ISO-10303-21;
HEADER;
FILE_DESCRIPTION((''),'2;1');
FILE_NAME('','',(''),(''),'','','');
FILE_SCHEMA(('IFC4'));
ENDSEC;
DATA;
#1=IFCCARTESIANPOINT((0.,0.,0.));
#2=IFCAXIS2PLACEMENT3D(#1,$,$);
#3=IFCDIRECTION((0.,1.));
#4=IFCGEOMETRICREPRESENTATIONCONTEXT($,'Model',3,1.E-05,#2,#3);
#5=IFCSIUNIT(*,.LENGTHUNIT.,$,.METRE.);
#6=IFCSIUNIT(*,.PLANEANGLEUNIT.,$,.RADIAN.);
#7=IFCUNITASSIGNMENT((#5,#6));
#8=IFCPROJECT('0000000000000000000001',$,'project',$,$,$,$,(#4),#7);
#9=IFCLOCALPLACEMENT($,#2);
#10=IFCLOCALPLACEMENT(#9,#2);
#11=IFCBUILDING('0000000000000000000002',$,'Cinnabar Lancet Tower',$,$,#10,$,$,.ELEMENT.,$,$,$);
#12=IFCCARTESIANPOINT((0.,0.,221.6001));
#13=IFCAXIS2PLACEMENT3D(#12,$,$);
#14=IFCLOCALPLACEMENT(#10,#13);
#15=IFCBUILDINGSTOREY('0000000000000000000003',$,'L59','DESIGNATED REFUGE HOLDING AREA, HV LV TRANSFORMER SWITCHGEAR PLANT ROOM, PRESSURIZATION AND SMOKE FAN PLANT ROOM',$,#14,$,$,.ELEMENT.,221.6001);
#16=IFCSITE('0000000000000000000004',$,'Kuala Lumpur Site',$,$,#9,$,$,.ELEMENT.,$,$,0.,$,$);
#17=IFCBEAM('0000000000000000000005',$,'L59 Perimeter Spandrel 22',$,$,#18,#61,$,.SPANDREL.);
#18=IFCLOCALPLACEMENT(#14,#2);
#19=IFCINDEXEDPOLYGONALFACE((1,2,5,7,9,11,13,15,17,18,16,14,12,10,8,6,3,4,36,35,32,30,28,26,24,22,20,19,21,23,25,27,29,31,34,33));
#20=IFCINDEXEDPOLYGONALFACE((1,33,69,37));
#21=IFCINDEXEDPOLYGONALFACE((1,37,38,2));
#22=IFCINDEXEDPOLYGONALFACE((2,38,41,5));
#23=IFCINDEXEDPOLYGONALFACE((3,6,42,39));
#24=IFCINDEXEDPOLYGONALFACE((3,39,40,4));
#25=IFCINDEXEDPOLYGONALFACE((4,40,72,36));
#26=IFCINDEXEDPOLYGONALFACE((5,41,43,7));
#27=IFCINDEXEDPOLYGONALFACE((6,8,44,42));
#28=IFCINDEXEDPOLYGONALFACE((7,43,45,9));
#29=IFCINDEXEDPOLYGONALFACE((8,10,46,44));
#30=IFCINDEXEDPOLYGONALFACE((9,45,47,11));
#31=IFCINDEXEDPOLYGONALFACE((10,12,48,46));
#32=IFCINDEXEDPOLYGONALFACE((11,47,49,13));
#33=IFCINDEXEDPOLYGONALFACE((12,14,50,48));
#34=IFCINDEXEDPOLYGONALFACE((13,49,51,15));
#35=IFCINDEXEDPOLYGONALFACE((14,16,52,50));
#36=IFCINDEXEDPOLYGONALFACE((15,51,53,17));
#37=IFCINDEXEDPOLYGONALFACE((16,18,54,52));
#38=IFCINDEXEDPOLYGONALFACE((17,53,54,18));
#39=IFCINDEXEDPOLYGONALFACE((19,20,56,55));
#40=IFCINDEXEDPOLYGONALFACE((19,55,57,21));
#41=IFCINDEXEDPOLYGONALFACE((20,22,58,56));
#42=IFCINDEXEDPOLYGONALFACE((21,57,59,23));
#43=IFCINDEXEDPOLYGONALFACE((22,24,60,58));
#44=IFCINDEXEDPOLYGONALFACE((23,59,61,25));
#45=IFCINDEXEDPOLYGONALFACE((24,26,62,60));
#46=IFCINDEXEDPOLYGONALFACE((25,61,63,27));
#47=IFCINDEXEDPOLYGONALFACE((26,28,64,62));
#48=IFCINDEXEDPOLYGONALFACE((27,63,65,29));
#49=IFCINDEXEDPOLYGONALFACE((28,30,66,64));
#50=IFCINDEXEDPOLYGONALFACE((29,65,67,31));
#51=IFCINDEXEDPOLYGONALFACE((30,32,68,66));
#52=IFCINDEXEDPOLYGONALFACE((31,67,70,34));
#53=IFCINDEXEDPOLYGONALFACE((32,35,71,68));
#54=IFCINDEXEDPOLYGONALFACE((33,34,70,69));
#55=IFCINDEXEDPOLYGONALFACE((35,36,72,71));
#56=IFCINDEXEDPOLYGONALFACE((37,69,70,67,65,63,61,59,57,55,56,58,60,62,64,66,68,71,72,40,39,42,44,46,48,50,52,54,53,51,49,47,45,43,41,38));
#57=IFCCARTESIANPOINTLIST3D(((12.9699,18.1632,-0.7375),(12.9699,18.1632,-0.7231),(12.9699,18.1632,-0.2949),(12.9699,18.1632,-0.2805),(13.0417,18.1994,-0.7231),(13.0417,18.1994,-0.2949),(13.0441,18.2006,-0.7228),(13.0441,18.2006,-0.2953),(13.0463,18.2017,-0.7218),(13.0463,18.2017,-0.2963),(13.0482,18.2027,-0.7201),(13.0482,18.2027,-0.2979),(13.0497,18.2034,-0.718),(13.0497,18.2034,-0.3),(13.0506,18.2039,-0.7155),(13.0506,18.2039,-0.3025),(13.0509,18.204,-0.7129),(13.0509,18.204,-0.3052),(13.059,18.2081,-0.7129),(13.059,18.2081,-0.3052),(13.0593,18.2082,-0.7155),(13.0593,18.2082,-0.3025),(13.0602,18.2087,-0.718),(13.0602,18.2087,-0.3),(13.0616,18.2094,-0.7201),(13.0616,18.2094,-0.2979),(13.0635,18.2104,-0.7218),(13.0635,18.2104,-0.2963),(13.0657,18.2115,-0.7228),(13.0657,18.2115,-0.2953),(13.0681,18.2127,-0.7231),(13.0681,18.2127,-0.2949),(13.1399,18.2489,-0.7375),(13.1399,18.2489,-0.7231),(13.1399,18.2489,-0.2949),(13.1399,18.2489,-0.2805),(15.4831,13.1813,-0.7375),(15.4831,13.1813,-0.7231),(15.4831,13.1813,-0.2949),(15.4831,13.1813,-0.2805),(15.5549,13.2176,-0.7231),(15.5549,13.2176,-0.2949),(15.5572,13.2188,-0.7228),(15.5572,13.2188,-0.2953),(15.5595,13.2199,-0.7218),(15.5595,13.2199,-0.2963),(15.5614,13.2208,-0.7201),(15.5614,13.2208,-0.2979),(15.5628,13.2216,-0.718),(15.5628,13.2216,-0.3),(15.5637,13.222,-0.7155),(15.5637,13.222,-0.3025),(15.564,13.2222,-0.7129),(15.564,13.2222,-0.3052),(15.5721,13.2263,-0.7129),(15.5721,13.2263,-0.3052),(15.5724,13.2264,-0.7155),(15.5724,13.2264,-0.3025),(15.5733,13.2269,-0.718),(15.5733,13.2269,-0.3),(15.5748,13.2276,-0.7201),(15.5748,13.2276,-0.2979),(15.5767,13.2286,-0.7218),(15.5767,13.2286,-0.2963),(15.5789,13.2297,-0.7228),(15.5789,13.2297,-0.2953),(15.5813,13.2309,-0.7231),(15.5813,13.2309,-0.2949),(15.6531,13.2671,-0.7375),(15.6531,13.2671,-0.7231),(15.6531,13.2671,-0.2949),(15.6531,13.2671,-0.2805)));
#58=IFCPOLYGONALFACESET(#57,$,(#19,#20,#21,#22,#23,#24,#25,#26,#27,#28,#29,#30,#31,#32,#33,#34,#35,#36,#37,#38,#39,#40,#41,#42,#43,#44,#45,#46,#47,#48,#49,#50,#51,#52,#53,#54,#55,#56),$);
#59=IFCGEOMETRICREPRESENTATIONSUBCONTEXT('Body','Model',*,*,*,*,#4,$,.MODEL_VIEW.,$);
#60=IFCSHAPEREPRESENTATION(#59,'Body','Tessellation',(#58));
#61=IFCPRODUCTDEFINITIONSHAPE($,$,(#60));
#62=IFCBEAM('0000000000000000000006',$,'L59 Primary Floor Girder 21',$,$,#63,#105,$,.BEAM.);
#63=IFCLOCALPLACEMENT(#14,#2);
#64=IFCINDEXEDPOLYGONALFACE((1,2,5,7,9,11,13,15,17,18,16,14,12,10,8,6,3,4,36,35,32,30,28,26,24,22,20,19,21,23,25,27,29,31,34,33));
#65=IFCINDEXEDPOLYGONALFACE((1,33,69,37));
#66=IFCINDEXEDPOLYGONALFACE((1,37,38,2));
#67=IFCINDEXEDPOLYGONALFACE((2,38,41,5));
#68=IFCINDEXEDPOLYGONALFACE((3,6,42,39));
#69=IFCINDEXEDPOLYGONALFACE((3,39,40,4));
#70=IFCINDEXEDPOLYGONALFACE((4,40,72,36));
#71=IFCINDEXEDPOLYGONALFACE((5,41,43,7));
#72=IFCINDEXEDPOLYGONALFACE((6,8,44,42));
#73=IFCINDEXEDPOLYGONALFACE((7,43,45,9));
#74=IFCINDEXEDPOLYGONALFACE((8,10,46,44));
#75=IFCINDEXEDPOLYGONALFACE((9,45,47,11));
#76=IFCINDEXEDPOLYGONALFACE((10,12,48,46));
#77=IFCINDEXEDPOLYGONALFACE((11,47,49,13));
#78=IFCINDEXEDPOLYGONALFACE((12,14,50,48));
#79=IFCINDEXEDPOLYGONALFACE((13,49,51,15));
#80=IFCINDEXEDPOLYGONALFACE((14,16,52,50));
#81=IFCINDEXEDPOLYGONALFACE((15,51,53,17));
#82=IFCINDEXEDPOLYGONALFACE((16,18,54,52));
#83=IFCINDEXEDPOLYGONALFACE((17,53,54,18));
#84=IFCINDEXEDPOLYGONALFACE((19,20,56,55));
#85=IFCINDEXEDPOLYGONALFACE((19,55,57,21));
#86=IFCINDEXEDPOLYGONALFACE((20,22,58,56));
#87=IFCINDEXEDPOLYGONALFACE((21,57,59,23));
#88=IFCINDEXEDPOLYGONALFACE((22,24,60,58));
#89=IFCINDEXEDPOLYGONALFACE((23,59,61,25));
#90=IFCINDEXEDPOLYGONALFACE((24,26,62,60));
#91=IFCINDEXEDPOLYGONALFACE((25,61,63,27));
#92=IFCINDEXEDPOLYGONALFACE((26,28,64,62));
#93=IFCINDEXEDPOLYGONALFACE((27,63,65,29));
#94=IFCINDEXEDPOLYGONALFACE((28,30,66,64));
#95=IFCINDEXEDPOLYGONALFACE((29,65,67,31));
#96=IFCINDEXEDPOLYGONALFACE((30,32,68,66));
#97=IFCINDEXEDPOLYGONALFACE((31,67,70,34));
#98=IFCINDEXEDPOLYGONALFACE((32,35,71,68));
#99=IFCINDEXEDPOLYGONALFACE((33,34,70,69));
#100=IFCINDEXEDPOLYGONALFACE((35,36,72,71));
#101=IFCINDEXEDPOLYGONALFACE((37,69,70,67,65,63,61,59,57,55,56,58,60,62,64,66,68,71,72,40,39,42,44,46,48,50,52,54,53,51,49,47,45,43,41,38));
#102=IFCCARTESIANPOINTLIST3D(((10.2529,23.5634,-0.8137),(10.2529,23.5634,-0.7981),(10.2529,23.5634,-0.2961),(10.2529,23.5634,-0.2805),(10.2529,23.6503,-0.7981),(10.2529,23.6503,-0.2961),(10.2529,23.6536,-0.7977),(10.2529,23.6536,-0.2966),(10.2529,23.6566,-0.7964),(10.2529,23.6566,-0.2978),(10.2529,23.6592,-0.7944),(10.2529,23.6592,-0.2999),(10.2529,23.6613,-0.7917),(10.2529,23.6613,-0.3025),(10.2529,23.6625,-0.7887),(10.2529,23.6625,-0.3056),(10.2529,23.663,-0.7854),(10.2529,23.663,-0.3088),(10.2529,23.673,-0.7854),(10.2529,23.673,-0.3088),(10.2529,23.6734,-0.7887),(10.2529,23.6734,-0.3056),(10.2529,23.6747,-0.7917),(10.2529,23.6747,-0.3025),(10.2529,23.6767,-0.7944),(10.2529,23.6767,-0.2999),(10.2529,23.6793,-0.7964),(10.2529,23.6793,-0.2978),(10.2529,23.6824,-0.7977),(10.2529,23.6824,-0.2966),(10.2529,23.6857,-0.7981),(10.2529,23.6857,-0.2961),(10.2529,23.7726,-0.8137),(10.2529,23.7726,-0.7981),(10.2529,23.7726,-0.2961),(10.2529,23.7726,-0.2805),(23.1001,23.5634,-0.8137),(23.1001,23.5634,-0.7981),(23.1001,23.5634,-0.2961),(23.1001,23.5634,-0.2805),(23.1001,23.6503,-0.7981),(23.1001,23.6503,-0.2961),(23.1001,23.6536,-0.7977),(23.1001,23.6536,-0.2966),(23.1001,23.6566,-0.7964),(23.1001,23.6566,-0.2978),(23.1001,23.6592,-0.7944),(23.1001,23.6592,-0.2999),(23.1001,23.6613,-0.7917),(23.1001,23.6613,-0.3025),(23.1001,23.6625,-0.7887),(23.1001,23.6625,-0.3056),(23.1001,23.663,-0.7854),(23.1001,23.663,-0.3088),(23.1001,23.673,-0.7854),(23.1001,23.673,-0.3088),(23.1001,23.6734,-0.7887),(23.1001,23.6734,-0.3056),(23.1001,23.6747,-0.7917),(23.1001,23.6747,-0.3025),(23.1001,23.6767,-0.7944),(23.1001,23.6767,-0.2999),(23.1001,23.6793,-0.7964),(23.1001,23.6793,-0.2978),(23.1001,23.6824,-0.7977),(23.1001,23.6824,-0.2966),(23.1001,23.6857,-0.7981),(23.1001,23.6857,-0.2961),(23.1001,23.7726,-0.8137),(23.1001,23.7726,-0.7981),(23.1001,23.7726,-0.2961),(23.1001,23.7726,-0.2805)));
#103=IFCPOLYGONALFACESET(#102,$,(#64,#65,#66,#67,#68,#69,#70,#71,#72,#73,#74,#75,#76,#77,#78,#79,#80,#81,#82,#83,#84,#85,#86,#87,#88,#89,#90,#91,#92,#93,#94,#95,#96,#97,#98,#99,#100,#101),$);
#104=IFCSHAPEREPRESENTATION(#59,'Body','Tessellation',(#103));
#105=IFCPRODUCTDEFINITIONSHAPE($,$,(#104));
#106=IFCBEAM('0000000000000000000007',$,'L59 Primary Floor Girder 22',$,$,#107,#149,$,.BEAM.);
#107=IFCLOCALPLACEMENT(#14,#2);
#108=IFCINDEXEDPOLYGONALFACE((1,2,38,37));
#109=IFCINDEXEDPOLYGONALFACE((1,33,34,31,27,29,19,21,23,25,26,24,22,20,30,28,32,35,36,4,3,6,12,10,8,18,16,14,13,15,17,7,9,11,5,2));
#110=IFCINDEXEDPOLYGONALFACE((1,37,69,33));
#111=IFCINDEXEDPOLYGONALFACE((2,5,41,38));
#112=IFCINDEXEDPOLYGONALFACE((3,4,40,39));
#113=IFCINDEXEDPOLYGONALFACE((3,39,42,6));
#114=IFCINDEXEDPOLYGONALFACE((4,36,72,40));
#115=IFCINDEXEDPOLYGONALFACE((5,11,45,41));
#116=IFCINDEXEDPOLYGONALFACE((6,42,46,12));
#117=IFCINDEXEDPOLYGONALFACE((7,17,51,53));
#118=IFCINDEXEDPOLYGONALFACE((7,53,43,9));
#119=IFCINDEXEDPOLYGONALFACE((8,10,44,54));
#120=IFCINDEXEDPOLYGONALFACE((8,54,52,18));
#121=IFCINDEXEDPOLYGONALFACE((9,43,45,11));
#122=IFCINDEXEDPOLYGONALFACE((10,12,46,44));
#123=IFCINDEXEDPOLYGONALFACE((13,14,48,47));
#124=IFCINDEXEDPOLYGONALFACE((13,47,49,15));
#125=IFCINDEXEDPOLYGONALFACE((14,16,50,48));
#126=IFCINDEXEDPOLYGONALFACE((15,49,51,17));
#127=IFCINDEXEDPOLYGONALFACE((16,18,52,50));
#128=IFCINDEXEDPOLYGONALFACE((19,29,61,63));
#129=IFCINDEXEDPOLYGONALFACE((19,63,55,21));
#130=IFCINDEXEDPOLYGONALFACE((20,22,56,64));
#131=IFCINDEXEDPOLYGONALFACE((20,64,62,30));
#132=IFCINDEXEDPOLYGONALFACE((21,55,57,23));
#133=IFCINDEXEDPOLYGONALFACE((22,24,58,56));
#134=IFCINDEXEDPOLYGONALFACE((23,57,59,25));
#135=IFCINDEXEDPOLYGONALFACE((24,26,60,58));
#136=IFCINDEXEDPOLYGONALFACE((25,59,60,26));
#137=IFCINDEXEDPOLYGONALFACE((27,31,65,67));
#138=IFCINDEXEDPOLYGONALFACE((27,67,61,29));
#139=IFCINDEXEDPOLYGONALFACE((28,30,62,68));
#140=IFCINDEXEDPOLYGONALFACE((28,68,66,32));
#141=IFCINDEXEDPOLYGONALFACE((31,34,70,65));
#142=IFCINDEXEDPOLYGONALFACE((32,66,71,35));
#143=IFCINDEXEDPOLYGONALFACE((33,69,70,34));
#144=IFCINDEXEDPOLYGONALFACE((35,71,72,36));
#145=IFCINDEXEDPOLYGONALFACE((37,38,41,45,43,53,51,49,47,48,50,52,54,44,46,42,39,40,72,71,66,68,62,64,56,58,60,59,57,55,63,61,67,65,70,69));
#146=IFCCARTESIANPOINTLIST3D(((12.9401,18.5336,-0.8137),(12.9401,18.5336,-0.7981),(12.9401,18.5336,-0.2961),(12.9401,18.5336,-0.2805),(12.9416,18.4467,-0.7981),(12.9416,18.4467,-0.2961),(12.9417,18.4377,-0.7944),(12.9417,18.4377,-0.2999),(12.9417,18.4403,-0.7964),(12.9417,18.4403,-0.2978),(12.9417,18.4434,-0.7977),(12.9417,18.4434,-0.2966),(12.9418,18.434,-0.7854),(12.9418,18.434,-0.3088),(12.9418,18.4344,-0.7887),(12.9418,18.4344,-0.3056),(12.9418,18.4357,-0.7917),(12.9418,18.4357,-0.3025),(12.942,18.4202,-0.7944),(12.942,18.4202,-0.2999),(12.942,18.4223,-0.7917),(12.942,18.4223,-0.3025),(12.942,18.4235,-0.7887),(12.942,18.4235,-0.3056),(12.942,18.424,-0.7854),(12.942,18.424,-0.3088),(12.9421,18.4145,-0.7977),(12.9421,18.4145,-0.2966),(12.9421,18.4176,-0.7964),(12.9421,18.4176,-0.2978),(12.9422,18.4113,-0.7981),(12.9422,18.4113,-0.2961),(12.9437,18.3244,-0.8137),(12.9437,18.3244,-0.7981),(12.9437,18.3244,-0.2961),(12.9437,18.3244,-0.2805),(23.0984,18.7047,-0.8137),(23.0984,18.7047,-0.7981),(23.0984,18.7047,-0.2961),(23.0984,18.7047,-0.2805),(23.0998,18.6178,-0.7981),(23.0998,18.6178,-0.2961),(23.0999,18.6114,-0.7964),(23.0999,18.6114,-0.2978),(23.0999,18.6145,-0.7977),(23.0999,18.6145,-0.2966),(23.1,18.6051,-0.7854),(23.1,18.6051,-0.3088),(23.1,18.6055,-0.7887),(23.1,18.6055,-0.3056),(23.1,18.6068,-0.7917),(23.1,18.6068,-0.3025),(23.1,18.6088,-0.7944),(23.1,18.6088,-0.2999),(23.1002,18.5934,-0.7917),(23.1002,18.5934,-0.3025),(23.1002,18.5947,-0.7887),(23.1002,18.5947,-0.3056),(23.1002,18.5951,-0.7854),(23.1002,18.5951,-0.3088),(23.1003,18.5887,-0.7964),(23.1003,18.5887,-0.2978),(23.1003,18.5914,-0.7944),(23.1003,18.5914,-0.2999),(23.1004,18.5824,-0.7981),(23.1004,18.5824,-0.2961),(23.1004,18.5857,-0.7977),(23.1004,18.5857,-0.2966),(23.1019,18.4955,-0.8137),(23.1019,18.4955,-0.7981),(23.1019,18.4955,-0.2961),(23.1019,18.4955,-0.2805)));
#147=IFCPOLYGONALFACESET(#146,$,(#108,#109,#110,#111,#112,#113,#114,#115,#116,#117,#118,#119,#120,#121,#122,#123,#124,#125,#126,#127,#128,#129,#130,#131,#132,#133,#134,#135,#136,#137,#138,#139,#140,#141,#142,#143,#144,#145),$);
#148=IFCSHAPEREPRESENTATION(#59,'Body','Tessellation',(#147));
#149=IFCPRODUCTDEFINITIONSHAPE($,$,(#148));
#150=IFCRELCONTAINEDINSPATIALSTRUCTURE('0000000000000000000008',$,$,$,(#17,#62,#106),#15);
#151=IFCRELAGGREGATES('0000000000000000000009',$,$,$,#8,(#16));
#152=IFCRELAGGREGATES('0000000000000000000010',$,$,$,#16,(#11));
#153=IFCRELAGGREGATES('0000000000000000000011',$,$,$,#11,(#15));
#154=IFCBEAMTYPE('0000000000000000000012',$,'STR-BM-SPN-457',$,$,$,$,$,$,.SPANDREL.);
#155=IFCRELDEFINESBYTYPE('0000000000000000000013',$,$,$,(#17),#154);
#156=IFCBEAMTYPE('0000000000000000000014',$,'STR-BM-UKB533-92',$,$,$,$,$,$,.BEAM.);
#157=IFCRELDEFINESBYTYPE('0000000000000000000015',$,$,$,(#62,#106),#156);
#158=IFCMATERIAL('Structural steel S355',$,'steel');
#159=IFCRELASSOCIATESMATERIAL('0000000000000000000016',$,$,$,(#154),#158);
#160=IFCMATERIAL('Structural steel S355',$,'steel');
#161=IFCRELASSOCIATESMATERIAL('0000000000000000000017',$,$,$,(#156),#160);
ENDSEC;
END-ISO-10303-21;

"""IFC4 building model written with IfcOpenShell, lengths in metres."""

from ifc_helpers import new_model, si_unit, direction, frame, origin, origin_2d, place, context, subcontext, project, spatial, i_section, extrude, material, material_profile, profile_set, type_object, element, save


model = new_model("IFC4")

# Units and contexts
model_context = context("Model", 3, precision=1e-05, world=origin(), true_north=direction((0.0, 1.0)))
body_context = subcontext(model_context, "Body", "Model", "MODEL_VIEW")
ifc_project = project(units=[si_unit("LENGTHUNIT", "METRE"), si_unit("PLANEANGLEUNIT", "RADIAN")], contexts=[model_context])

# Site, building, storey
site_placement = place(None, origin())
site = spatial("IfcSite", under=ifc_project, at=site_placement, Name="Kuala Lumpur Site", CompositionType="ELEMENT", RefElevation=0.0)
building_placement = place(site_placement, origin())
building = spatial("IfcBuilding", under=site, at=building_placement, Name="Cinnabar Lancet Tower", CompositionType="ELEMENT")
storey_placement = place(building_placement, frame((0.0, 0.0, 221.6001)))
storey = spatial("IfcBuildingStorey", under=building, at=storey_placement, Name="L59", Description="DESIGNATED REFUGE HOLDING AREA, HV LV TRANSFORMER SWITCHGEAR PLANT ROOM, PRESSURIZATION AND SMOKE FAN PLANT ROOM", CompositionType="ELEMENT", Elevation=221.6001)

# Beams
ifc_material_1 = material(Name="Structural steel S355", Category="steel")
ifc_material_profile_1 = material_profile(ifc_material_1, i_section(OverallWidth=0.1904, OverallDepth=0.457, WebThickness=0.009, FlangeThickness=0.0144, FilletRadius=0.0103, at=origin_2d()), Name="UKB 457x191x74")
ifc_profile_set_1 = profile_set([ifc_material_profile_1], Name="Structural steel S355")
beam_type_1 = type_object("IfcBeamType", Name="STR-BM-SPN-457", PredefinedType="SPANDREL", material=ifc_profile_set_1)
beam_1_placement = place(storey_placement, frame((13.0549, 18.2061, -0.509), z_axis=(0.450396, -0.892829, 0.0), x_axis=(0.892829, 0.450396, 0.0)))
element("IfcBeam", 1, at=beam_1_placement, inside=storey, type_object=beam_type_1, Name="L59 Perimeter Spandrel 22", PredefinedType="SPANDREL", context=body_context, shape_type="SweptSolid", body=[
    extrude(i_section(OverallWidth=0.1904, OverallDepth=0.457, WebThickness=0.009, FlangeThickness=0.0144, FilletRadius=0.0103, at=origin_2d()), origin(), (0.0, 0.0, 1.0), 5.5798),
])
ifc_material_2 = material(Name="Structural steel S355", Category="steel")
ifc_material_profile_2 = material_profile(ifc_material_2, i_section(OverallWidth=0.2092, OverallDepth=0.5332, WebThickness=0.01, FlangeThickness=0.0156, FilletRadius=0.0127, at=origin_2d()), Name="UKB 533x210x92")
ifc_profile_set_2 = profile_set([ifc_material_profile_2], Name="Structural steel S355")
beam_type_2 = type_object("IfcBeamType", Name="STR-BM-UKB533-92", PredefinedType="BEAM", material=ifc_profile_set_2)
beam_2_placement = place(storey_placement, frame((10.2529, 23.668, -0.5471), z_axis=(1.0, 0.0, 0.0), x_axis=(0.0, 1.0, 0.0)))
element("IfcBeam", 2, at=beam_2_placement, inside=storey, type_object=beam_type_2, Name="L59 Primary Floor Girder 21", PredefinedType="BEAM", context=body_context, shape_type="SweptSolid", body=[
    extrude(i_section(OverallWidth=0.2092, OverallDepth=0.5332, WebThickness=0.01, FlangeThickness=0.0156, FilletRadius=0.0127, at=origin_2d()), origin(), (0.0, 0.0, 1.0), 12.8472),
])
beam_3_placement = place(storey_placement, frame((12.9419, 18.429, -0.5471), z_axis=(0.999858, 0.016845, 0.0), x_axis=(-0.016845, 0.999858, 0.0)))
element("IfcBeam", 3, at=beam_3_placement, inside=storey, type_object=beam_type_2, Name="L59 Primary Floor Girder 22", PredefinedType="BEAM", context=body_context, shape_type="SweptSolid", body=[
    extrude(i_section(OverallWidth=0.2092, OverallDepth=0.5332, WebThickness=0.01, FlangeThickness=0.0156, FilletRadius=0.0127, at=origin_2d()), origin(), (0.0, 0.0, 1.0), 10.1597),
])

save(model, "model.ifc")
